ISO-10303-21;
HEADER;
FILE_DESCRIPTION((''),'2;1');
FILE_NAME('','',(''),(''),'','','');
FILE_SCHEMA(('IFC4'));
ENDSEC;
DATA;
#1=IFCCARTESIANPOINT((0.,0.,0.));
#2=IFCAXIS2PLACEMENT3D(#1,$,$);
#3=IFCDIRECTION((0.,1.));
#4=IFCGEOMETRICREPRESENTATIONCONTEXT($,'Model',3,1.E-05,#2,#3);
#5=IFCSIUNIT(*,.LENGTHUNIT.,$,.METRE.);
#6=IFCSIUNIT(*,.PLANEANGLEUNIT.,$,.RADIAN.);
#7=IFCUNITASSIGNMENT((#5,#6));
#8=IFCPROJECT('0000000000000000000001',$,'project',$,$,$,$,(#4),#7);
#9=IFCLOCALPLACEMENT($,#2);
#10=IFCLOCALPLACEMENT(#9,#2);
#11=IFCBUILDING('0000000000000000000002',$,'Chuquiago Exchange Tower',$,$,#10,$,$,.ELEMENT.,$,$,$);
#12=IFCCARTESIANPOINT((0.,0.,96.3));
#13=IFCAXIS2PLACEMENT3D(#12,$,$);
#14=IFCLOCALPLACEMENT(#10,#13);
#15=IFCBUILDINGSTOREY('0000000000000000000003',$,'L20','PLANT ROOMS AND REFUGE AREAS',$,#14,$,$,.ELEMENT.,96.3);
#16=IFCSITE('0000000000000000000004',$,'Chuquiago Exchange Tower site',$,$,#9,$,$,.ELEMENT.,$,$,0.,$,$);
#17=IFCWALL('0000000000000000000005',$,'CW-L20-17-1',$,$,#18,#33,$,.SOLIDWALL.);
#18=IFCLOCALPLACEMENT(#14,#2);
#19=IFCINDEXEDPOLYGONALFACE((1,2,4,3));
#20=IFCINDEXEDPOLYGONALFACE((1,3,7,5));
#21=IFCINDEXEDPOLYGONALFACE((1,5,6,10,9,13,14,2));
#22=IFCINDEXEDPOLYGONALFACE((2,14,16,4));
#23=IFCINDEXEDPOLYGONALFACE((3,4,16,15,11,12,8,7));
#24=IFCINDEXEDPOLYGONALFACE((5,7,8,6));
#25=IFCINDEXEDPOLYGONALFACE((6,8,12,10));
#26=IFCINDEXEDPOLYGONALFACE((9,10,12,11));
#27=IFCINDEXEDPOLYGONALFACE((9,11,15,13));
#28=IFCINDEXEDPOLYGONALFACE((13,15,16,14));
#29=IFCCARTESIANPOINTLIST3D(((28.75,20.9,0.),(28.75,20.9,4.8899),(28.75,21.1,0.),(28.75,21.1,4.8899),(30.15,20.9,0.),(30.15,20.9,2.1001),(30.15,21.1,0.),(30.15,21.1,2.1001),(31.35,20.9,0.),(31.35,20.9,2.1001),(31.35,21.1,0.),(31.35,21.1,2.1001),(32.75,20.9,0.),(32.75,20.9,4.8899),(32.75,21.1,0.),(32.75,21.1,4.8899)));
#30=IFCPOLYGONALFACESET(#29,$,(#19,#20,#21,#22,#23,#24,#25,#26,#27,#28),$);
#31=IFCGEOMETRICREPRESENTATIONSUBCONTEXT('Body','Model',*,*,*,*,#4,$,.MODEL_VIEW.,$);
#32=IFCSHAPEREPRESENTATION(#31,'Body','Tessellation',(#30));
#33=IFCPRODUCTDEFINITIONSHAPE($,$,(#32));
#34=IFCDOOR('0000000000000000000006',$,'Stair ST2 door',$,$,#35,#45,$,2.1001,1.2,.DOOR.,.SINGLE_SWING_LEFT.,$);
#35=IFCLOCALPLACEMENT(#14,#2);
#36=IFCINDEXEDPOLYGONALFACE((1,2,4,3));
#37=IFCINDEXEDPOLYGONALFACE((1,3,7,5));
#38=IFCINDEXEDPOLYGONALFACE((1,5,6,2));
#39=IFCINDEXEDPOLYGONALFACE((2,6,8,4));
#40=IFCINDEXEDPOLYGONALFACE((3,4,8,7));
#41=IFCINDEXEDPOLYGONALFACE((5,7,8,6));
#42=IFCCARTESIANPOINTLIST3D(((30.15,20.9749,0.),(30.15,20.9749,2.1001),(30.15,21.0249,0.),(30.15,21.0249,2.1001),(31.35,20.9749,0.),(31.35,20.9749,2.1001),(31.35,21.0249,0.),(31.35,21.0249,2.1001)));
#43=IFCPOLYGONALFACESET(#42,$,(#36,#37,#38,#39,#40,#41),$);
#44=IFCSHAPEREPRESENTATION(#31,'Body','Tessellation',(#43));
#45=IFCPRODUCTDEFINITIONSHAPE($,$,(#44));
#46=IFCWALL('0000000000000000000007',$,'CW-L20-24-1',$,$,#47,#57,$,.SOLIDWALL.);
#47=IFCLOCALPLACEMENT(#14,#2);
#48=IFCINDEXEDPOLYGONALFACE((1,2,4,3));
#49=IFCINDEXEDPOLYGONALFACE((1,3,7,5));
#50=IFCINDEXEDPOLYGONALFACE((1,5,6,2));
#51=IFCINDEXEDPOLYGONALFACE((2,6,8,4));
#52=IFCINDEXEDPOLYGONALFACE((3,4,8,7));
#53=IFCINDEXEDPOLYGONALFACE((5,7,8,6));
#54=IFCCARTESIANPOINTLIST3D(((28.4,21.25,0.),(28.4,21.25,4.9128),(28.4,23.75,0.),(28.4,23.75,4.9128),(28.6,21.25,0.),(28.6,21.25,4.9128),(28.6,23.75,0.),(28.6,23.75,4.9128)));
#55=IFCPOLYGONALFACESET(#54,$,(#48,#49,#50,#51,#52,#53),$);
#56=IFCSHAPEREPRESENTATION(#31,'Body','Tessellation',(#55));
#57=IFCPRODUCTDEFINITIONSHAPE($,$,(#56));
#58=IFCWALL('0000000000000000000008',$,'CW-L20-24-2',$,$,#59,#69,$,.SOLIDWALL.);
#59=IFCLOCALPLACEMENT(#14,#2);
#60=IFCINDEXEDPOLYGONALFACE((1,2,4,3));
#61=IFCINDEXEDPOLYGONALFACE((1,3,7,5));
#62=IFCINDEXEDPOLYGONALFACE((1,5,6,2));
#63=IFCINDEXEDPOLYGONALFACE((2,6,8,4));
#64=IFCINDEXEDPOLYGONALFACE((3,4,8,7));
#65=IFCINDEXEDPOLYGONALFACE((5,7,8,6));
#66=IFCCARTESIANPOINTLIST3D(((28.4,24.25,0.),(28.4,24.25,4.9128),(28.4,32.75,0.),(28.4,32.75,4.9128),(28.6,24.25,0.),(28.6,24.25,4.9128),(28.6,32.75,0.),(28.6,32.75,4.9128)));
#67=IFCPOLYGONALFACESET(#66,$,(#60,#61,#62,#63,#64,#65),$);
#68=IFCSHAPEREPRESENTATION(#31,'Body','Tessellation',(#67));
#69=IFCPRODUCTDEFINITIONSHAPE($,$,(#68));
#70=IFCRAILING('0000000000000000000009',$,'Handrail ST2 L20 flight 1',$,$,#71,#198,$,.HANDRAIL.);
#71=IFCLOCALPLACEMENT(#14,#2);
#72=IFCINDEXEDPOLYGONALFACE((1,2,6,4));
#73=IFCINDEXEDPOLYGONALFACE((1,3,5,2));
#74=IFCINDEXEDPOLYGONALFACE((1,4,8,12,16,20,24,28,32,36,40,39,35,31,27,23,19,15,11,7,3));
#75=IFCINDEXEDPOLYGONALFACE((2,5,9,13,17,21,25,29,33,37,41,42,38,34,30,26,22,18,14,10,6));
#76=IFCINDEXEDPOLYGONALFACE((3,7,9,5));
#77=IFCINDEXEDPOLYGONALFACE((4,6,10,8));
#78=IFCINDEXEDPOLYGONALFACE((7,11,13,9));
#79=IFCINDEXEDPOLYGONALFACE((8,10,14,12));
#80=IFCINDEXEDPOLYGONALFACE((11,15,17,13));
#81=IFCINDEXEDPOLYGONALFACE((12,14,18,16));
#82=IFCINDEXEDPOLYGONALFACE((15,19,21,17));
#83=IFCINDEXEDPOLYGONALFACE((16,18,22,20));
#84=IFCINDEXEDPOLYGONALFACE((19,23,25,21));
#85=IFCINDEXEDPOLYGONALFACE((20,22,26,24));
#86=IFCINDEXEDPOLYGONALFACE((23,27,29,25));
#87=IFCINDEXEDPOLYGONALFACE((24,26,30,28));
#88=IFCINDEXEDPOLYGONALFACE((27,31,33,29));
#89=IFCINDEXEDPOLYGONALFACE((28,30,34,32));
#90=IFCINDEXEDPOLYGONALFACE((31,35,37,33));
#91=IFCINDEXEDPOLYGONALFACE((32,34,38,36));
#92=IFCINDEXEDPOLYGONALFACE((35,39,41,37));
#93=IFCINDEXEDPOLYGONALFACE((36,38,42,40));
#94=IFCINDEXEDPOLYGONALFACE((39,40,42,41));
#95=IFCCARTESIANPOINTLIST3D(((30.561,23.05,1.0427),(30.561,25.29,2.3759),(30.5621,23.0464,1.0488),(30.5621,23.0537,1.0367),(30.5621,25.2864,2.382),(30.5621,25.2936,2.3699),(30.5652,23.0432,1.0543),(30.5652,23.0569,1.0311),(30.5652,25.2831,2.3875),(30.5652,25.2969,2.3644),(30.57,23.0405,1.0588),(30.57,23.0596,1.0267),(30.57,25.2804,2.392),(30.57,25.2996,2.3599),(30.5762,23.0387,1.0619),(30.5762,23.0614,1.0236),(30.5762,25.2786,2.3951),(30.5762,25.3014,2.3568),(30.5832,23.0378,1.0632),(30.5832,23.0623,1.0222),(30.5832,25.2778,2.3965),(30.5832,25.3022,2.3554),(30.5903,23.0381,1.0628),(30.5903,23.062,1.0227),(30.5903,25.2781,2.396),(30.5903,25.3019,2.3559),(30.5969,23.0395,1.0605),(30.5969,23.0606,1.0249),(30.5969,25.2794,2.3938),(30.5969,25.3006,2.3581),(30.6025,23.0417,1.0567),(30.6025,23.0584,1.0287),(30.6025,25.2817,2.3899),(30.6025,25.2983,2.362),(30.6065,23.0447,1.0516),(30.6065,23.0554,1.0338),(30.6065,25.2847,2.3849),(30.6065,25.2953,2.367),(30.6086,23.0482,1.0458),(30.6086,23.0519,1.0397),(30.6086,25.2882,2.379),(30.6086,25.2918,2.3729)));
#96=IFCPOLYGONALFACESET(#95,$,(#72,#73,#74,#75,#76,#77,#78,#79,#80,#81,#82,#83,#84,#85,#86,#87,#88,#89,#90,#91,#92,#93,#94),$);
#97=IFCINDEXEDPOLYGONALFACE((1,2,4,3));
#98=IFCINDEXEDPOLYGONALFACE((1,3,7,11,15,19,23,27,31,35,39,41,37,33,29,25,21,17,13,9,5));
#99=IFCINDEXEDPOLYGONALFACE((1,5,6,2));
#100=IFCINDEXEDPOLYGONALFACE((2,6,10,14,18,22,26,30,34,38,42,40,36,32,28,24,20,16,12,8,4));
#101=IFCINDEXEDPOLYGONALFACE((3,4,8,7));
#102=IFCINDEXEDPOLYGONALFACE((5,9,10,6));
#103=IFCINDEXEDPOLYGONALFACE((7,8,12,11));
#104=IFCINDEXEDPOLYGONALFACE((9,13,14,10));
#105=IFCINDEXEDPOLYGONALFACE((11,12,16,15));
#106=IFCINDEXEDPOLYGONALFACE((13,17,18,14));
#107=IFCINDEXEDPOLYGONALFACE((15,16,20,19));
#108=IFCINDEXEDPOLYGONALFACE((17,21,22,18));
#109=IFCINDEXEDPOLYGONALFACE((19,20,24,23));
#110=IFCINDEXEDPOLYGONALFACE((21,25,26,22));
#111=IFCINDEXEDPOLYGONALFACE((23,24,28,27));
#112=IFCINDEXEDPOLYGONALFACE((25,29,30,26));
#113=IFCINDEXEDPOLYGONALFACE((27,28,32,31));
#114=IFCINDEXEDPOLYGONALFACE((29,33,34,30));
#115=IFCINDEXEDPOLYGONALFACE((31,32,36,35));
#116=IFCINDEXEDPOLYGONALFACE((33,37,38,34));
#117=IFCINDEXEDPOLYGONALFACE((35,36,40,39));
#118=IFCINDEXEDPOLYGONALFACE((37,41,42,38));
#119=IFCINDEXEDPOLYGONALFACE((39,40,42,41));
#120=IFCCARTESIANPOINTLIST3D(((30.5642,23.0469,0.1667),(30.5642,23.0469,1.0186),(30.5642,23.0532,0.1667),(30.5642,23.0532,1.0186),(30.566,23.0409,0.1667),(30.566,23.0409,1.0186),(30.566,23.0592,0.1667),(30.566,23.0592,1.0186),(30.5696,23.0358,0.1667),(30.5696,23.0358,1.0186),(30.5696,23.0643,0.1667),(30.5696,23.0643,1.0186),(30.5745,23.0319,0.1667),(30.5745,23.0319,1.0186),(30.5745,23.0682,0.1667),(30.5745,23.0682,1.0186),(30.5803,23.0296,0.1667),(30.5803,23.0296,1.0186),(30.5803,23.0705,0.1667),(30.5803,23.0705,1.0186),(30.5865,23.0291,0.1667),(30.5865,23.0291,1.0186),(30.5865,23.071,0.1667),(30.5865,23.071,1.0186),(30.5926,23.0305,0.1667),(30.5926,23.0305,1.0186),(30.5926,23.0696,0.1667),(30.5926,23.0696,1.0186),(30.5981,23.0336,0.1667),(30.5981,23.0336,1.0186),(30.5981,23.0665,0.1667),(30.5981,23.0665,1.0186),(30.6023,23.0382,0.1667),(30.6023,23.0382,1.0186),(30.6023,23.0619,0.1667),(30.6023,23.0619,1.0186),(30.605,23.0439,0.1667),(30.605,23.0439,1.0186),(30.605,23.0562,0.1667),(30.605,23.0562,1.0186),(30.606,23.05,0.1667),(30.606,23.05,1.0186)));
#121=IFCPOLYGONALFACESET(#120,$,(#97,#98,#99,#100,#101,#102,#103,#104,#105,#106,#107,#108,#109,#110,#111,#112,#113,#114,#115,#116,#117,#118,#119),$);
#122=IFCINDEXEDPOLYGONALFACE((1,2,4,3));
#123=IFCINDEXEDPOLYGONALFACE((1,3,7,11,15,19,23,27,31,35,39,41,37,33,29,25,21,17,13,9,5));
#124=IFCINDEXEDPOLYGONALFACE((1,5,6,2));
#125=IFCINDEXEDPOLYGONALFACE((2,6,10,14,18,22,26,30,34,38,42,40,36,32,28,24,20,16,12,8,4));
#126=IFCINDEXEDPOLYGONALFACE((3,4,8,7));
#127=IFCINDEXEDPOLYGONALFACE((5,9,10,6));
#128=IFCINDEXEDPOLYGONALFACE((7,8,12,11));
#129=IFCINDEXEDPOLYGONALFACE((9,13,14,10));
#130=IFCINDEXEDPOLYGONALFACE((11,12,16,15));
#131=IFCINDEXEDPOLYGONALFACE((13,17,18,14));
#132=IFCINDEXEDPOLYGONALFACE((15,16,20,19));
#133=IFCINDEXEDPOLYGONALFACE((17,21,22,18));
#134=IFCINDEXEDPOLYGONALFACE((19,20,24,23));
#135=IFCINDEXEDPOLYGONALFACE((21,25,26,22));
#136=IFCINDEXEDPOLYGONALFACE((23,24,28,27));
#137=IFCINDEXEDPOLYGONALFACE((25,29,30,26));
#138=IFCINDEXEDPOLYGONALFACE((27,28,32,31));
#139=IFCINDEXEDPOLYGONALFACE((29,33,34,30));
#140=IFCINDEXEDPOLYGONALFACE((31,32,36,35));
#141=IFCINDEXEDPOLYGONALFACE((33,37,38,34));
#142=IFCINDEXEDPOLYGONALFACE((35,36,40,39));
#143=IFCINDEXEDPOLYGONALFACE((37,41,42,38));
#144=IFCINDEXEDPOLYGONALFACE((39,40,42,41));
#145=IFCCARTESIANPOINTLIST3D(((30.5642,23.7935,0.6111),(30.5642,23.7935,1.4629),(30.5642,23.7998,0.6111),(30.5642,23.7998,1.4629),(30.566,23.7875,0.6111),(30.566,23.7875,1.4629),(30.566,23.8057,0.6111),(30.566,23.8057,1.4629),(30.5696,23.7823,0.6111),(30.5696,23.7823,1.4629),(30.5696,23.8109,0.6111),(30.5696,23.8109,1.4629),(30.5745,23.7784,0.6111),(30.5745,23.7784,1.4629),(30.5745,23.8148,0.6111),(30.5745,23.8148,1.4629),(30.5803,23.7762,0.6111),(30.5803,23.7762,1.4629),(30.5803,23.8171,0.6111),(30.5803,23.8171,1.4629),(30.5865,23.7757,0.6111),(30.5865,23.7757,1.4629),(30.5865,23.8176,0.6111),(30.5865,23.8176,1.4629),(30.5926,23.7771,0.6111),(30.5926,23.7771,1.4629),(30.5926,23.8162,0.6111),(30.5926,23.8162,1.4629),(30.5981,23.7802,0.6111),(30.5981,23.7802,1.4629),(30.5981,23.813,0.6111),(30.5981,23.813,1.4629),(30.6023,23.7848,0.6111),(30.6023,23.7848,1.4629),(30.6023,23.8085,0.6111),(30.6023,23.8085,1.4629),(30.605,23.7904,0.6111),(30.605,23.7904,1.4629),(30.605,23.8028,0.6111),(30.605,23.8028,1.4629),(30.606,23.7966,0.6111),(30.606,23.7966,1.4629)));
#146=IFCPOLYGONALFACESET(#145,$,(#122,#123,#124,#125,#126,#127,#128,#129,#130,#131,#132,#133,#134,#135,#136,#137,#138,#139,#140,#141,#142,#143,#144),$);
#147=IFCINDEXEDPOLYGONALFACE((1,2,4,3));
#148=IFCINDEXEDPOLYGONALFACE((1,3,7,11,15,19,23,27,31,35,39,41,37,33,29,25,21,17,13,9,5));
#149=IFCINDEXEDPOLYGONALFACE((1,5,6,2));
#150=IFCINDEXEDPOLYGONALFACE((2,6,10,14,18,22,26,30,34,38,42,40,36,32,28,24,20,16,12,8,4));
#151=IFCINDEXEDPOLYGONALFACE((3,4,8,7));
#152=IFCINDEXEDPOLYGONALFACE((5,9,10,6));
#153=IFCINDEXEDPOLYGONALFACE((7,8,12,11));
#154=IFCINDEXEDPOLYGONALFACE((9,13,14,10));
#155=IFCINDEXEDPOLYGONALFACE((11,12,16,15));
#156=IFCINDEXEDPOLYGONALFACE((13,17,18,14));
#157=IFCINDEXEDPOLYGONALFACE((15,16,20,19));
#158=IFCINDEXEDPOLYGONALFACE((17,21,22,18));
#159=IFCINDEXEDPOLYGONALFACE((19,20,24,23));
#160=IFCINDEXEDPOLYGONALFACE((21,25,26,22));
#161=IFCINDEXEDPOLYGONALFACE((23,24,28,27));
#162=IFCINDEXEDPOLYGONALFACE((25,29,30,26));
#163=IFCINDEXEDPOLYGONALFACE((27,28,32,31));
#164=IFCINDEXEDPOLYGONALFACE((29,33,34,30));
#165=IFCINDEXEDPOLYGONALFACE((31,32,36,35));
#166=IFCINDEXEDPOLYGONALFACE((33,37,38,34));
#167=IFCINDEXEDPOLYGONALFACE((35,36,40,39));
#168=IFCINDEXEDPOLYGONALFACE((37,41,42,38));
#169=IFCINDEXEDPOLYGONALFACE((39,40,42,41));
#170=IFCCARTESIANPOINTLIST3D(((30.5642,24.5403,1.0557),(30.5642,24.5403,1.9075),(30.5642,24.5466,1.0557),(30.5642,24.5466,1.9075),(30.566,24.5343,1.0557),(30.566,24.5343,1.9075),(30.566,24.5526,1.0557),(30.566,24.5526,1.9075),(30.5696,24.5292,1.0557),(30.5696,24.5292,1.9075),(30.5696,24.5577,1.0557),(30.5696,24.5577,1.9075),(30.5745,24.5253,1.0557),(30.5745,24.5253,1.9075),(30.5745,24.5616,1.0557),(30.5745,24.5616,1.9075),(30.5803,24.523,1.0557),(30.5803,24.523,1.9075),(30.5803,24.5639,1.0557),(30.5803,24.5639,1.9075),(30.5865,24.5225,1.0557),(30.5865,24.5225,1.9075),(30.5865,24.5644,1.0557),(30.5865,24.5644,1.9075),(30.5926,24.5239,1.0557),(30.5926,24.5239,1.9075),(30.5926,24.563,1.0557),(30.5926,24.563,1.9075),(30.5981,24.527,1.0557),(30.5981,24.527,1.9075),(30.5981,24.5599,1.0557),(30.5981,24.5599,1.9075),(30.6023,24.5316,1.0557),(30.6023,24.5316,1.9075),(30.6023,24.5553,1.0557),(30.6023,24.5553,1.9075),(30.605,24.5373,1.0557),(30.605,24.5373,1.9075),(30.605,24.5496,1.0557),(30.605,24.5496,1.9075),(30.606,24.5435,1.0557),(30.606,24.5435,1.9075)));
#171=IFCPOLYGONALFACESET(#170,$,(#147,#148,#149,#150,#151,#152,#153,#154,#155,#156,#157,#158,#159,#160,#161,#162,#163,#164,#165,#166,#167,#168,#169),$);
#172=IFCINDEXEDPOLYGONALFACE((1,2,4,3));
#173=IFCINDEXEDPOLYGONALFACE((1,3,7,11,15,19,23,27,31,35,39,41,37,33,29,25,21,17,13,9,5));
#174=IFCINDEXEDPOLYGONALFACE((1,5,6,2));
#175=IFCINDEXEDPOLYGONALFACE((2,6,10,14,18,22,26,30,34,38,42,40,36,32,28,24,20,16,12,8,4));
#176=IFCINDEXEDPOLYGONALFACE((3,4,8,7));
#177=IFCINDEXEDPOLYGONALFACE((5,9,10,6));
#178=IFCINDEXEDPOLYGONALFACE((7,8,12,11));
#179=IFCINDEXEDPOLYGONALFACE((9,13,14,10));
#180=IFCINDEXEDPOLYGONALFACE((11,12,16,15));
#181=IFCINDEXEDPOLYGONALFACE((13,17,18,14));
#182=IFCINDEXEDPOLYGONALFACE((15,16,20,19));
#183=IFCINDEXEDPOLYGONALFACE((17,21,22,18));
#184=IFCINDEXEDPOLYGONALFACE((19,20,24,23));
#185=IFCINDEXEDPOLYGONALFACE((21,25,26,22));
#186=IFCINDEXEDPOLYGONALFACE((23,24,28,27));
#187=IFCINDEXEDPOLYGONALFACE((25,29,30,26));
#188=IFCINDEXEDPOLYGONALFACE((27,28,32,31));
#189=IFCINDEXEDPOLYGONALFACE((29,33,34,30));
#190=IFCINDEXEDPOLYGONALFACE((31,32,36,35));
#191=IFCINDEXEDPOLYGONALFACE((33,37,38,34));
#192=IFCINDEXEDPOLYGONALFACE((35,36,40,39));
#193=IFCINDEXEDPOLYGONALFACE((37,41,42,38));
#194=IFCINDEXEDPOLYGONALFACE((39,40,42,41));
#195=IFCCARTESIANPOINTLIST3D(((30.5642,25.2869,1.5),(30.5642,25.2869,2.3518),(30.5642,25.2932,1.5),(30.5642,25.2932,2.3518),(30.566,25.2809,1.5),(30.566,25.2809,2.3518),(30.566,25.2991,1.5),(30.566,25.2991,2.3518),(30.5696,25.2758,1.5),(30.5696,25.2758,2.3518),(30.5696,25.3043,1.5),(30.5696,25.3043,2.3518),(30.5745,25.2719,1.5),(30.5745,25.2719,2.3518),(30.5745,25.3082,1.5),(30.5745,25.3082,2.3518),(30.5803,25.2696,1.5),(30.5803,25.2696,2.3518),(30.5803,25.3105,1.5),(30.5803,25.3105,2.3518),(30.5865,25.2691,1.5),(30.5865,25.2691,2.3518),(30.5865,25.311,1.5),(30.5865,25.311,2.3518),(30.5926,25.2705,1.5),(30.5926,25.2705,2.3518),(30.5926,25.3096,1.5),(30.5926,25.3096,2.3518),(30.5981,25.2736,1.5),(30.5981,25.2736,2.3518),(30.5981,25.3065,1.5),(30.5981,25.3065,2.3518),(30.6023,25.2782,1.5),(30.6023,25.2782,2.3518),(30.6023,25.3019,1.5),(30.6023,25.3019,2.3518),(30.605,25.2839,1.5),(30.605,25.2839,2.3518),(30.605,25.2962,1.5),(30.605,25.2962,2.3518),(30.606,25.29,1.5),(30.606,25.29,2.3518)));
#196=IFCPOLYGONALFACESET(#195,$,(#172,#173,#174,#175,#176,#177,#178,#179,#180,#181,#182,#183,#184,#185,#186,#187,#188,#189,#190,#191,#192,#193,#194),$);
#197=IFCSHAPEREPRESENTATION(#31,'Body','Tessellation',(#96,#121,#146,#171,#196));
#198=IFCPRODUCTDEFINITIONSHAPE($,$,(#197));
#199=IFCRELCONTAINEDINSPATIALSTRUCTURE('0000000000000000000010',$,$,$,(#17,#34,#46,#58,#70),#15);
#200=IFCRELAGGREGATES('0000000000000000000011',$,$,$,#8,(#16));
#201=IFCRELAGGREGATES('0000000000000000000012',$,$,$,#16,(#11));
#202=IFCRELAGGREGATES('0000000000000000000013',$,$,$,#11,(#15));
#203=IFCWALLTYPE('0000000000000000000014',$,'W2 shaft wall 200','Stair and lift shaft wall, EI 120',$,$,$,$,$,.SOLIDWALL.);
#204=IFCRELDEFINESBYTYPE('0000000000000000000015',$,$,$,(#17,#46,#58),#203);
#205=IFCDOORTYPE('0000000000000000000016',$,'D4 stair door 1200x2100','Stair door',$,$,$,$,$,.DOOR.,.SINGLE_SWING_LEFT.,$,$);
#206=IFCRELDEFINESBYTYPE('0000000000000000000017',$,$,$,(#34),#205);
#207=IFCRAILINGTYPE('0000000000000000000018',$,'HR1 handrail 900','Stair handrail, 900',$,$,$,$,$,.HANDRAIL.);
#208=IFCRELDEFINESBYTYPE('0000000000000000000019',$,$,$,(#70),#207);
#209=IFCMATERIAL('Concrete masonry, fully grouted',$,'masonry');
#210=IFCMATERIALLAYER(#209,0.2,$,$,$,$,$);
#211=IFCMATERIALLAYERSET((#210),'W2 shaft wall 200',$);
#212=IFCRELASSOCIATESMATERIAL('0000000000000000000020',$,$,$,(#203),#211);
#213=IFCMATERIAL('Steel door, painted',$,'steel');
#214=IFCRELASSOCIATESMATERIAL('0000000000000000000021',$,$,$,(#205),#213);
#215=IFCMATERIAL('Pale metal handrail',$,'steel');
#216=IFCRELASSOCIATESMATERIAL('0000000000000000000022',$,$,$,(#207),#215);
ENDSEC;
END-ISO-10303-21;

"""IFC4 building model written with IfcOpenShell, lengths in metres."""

from ifc_helpers import new_model, si_unit, direction, frame, frame_2d, origin, origin_2d, place, context, subcontext, project, spatial, rectangle, circle, extrude, material, layer, layer_set, type_object, element, fill, save


model = new_model("IFC4")

# Units and contexts
model_context = context("Model", 3, precision=1e-05, world=origin(), true_north=direction((0.0, 1.0)))
body_context = subcontext(model_context, "Body", "Model", "MODEL_VIEW")
ifc_project = project(units=[si_unit("LENGTHUNIT", "METRE"), si_unit("PLANEANGLEUNIT", "RADIAN")], contexts=[model_context])

# Site, building, storey
site_placement = place(None, origin())
site = spatial("IfcSite", under=ifc_project, at=site_placement, Name="Chuquiago Exchange Tower site", CompositionType="ELEMENT", RefElevation=0.0)
building_placement = place(site_placement, origin())
building = spatial("IfcBuilding", under=site, at=building_placement, Name="Chuquiago Exchange Tower", CompositionType="ELEMENT")
storey_placement = place(building_placement, frame((0.0, 0.0, 96.3)))
storey = spatial("IfcBuildingStorey", under=building, at=storey_placement, Name="L20", Description="PLANT ROOMS AND REFUGE AREAS", CompositionType="ELEMENT", Elevation=96.3)

# Shared definitions
ifc_material_1 = material(Name="Concrete masonry, fully grouted", Category="masonry")
ifc_layer_1 = layer(ifc_material_1, 0.2)
ifc_layer_set_1 = layer_set([ifc_layer_1], Name="W2 shaft wall 200")
wall_type_1 = type_object("IfcWallType", Name="W2 shaft wall 200", Description="Stair and lift shaft wall, EI 120", PredefinedType="SOLIDWALL", material=ifc_layer_set_1)

# Wall, opening, door
wall_1_placement = place(storey_placement, frame((28.75, 21.0, 0.0), z_axis=(0.0, 0.0, 1.0), x_axis=(1.0, 0.0, 0.0)))
wall_1 = element("IfcWall", 1, at=wall_1_placement, inside=storey, type_object=wall_type_1, Name="CW-L20-17-1", PredefinedType="SOLIDWALL", context=body_context, shape_type="SweptSolid", body=[
    extrude(rectangle(XDim=4.0, YDim=0.2, at=frame_2d((2.0, 0.0))), origin(), (0.0, 0.0, 1.0), 4.8899),
])
opening_placement = place(wall_1_placement, frame((1.3999, 0.0, 0.0)))
opening = element("IfcOpeningElement", 2, at=opening_placement, cuts=wall_1, PredefinedType="OPENING", context=body_context, shape_type="SweptSolid", body=[
    extrude(rectangle(XDim=1.2, YDim=2.1001, at=frame_2d((0.6001, 1.05))), frame((0.0, 0.1099, 0.0), z_axis=(0.0, -1.0, 0.0), x_axis=(1.0, 0.0, 0.0)), (0.0, 0.0, 1.0), 0.22),
])
ifc_material_2 = material(Name="Steel door, painted", Category="steel")
door_type = type_object("IfcDoorType", Name="D4 stair door 1200x2100", Description="Stair door", OperationType="SINGLE_SWING_LEFT", PredefinedType="DOOR", material=ifc_material_2)
door_placement = place(opening_placement, origin())
door = element("IfcDoor", 3, at=door_placement, inside=storey, type_object=door_type, Name="Stair ST2 door", OperationType="SINGLE_SWING_LEFT", OverallHeight=2.1001, OverallWidth=1.2, PredefinedType="DOOR", context=body_context, shape_type="SweptSolid", body=[
    extrude(rectangle(XDim=1.2, YDim=2.1001, at=frame_2d((0.6001, 1.05))), frame((0.0, 0.0249, 0.0), z_axis=(0.0, -1.0, 0.0), x_axis=(1.0, 0.0, 0.0)), (0.0, 0.0, 1.0), 0.05),
])
fill(opening, door)

# Walls
wall_2_placement = place(storey_placement, frame((28.5, 21.25, 0.0), z_axis=(0.0, 0.0, 1.0), x_axis=(0.0, 1.0, 0.0)))
element("IfcWall", 4, at=wall_2_placement, inside=storey, type_object=wall_type_1, Name="CW-L20-24-1", PredefinedType="SOLIDWALL", context=body_context, shape_type="SweptSolid", body=[
    extrude(rectangle(XDim=2.5, YDim=0.2, at=frame_2d((1.25, 0.0))), origin(), (0.0, 0.0, 1.0), 4.9128),
])
wall_3_placement = place(storey_placement, frame((28.5, 24.25, 0.0), z_axis=(0.0, 0.0, 1.0), x_axis=(0.0, 1.0, 0.0)))
element("IfcWall", 5, at=wall_3_placement, inside=storey, type_object=wall_type_1, Name="CW-L20-24-2", PredefinedType="SOLIDWALL", context=body_context, shape_type="SweptSolid", body=[
    extrude(rectangle(XDim=8.5, YDim=0.2, at=frame_2d((4.25, 0.0))), origin(), (0.0, 0.0, 1.0), 4.9128),
])

# Railing
ifc_material_3 = material(Name="Pale metal handrail", Category="steel")
railing_type = type_object("IfcRailingType", Name="HR1 handrail 900", Description="Stair handrail, 900", PredefinedType="HANDRAIL", material=ifc_material_3)
for number, where, name in (
    (6, (30.585, 23.05, 0.1667), "Handrail ST2 L20 flight 1"),
):
    element("IfcRailing", number, at=place(storey_placement, frame(where)), inside=storey, type_object=railing_type, Name=name, PredefinedType="HANDRAIL", context=body_context, shape_type="SweptSolid", body=[
        extrude(circle(Radius=0.0239, at=origin_2d()), frame((0.0, 0.0, 0.876), z_axis=(0.0, 0.859306, 0.511462), x_axis=(-1.0, 0.0, 0.0)), (0.0, 0.0, 1.0), 2.6067),
        extrude(circle(Radius=0.021, at=origin_2d()), origin(), (0.0, 0.0, 1.0), 0.8518),
        extrude(circle(Radius=0.021, at=origin_2d()), frame((0.0, 0.7466, 0.4443)), (0.0, 0.0, 1.0), 0.8518),
        extrude(circle(Radius=0.021, at=origin_2d()), frame((0.0, 1.4934, 0.8889)), (0.0, 0.0, 1.0), 0.8518),
        extrude(circle(Radius=0.021, at=origin_2d()), frame((0.0, 2.24, 1.3333)), (0.0, 0.0, 1.0), 0.8518),
    ])

save(model, "model.ifc")
